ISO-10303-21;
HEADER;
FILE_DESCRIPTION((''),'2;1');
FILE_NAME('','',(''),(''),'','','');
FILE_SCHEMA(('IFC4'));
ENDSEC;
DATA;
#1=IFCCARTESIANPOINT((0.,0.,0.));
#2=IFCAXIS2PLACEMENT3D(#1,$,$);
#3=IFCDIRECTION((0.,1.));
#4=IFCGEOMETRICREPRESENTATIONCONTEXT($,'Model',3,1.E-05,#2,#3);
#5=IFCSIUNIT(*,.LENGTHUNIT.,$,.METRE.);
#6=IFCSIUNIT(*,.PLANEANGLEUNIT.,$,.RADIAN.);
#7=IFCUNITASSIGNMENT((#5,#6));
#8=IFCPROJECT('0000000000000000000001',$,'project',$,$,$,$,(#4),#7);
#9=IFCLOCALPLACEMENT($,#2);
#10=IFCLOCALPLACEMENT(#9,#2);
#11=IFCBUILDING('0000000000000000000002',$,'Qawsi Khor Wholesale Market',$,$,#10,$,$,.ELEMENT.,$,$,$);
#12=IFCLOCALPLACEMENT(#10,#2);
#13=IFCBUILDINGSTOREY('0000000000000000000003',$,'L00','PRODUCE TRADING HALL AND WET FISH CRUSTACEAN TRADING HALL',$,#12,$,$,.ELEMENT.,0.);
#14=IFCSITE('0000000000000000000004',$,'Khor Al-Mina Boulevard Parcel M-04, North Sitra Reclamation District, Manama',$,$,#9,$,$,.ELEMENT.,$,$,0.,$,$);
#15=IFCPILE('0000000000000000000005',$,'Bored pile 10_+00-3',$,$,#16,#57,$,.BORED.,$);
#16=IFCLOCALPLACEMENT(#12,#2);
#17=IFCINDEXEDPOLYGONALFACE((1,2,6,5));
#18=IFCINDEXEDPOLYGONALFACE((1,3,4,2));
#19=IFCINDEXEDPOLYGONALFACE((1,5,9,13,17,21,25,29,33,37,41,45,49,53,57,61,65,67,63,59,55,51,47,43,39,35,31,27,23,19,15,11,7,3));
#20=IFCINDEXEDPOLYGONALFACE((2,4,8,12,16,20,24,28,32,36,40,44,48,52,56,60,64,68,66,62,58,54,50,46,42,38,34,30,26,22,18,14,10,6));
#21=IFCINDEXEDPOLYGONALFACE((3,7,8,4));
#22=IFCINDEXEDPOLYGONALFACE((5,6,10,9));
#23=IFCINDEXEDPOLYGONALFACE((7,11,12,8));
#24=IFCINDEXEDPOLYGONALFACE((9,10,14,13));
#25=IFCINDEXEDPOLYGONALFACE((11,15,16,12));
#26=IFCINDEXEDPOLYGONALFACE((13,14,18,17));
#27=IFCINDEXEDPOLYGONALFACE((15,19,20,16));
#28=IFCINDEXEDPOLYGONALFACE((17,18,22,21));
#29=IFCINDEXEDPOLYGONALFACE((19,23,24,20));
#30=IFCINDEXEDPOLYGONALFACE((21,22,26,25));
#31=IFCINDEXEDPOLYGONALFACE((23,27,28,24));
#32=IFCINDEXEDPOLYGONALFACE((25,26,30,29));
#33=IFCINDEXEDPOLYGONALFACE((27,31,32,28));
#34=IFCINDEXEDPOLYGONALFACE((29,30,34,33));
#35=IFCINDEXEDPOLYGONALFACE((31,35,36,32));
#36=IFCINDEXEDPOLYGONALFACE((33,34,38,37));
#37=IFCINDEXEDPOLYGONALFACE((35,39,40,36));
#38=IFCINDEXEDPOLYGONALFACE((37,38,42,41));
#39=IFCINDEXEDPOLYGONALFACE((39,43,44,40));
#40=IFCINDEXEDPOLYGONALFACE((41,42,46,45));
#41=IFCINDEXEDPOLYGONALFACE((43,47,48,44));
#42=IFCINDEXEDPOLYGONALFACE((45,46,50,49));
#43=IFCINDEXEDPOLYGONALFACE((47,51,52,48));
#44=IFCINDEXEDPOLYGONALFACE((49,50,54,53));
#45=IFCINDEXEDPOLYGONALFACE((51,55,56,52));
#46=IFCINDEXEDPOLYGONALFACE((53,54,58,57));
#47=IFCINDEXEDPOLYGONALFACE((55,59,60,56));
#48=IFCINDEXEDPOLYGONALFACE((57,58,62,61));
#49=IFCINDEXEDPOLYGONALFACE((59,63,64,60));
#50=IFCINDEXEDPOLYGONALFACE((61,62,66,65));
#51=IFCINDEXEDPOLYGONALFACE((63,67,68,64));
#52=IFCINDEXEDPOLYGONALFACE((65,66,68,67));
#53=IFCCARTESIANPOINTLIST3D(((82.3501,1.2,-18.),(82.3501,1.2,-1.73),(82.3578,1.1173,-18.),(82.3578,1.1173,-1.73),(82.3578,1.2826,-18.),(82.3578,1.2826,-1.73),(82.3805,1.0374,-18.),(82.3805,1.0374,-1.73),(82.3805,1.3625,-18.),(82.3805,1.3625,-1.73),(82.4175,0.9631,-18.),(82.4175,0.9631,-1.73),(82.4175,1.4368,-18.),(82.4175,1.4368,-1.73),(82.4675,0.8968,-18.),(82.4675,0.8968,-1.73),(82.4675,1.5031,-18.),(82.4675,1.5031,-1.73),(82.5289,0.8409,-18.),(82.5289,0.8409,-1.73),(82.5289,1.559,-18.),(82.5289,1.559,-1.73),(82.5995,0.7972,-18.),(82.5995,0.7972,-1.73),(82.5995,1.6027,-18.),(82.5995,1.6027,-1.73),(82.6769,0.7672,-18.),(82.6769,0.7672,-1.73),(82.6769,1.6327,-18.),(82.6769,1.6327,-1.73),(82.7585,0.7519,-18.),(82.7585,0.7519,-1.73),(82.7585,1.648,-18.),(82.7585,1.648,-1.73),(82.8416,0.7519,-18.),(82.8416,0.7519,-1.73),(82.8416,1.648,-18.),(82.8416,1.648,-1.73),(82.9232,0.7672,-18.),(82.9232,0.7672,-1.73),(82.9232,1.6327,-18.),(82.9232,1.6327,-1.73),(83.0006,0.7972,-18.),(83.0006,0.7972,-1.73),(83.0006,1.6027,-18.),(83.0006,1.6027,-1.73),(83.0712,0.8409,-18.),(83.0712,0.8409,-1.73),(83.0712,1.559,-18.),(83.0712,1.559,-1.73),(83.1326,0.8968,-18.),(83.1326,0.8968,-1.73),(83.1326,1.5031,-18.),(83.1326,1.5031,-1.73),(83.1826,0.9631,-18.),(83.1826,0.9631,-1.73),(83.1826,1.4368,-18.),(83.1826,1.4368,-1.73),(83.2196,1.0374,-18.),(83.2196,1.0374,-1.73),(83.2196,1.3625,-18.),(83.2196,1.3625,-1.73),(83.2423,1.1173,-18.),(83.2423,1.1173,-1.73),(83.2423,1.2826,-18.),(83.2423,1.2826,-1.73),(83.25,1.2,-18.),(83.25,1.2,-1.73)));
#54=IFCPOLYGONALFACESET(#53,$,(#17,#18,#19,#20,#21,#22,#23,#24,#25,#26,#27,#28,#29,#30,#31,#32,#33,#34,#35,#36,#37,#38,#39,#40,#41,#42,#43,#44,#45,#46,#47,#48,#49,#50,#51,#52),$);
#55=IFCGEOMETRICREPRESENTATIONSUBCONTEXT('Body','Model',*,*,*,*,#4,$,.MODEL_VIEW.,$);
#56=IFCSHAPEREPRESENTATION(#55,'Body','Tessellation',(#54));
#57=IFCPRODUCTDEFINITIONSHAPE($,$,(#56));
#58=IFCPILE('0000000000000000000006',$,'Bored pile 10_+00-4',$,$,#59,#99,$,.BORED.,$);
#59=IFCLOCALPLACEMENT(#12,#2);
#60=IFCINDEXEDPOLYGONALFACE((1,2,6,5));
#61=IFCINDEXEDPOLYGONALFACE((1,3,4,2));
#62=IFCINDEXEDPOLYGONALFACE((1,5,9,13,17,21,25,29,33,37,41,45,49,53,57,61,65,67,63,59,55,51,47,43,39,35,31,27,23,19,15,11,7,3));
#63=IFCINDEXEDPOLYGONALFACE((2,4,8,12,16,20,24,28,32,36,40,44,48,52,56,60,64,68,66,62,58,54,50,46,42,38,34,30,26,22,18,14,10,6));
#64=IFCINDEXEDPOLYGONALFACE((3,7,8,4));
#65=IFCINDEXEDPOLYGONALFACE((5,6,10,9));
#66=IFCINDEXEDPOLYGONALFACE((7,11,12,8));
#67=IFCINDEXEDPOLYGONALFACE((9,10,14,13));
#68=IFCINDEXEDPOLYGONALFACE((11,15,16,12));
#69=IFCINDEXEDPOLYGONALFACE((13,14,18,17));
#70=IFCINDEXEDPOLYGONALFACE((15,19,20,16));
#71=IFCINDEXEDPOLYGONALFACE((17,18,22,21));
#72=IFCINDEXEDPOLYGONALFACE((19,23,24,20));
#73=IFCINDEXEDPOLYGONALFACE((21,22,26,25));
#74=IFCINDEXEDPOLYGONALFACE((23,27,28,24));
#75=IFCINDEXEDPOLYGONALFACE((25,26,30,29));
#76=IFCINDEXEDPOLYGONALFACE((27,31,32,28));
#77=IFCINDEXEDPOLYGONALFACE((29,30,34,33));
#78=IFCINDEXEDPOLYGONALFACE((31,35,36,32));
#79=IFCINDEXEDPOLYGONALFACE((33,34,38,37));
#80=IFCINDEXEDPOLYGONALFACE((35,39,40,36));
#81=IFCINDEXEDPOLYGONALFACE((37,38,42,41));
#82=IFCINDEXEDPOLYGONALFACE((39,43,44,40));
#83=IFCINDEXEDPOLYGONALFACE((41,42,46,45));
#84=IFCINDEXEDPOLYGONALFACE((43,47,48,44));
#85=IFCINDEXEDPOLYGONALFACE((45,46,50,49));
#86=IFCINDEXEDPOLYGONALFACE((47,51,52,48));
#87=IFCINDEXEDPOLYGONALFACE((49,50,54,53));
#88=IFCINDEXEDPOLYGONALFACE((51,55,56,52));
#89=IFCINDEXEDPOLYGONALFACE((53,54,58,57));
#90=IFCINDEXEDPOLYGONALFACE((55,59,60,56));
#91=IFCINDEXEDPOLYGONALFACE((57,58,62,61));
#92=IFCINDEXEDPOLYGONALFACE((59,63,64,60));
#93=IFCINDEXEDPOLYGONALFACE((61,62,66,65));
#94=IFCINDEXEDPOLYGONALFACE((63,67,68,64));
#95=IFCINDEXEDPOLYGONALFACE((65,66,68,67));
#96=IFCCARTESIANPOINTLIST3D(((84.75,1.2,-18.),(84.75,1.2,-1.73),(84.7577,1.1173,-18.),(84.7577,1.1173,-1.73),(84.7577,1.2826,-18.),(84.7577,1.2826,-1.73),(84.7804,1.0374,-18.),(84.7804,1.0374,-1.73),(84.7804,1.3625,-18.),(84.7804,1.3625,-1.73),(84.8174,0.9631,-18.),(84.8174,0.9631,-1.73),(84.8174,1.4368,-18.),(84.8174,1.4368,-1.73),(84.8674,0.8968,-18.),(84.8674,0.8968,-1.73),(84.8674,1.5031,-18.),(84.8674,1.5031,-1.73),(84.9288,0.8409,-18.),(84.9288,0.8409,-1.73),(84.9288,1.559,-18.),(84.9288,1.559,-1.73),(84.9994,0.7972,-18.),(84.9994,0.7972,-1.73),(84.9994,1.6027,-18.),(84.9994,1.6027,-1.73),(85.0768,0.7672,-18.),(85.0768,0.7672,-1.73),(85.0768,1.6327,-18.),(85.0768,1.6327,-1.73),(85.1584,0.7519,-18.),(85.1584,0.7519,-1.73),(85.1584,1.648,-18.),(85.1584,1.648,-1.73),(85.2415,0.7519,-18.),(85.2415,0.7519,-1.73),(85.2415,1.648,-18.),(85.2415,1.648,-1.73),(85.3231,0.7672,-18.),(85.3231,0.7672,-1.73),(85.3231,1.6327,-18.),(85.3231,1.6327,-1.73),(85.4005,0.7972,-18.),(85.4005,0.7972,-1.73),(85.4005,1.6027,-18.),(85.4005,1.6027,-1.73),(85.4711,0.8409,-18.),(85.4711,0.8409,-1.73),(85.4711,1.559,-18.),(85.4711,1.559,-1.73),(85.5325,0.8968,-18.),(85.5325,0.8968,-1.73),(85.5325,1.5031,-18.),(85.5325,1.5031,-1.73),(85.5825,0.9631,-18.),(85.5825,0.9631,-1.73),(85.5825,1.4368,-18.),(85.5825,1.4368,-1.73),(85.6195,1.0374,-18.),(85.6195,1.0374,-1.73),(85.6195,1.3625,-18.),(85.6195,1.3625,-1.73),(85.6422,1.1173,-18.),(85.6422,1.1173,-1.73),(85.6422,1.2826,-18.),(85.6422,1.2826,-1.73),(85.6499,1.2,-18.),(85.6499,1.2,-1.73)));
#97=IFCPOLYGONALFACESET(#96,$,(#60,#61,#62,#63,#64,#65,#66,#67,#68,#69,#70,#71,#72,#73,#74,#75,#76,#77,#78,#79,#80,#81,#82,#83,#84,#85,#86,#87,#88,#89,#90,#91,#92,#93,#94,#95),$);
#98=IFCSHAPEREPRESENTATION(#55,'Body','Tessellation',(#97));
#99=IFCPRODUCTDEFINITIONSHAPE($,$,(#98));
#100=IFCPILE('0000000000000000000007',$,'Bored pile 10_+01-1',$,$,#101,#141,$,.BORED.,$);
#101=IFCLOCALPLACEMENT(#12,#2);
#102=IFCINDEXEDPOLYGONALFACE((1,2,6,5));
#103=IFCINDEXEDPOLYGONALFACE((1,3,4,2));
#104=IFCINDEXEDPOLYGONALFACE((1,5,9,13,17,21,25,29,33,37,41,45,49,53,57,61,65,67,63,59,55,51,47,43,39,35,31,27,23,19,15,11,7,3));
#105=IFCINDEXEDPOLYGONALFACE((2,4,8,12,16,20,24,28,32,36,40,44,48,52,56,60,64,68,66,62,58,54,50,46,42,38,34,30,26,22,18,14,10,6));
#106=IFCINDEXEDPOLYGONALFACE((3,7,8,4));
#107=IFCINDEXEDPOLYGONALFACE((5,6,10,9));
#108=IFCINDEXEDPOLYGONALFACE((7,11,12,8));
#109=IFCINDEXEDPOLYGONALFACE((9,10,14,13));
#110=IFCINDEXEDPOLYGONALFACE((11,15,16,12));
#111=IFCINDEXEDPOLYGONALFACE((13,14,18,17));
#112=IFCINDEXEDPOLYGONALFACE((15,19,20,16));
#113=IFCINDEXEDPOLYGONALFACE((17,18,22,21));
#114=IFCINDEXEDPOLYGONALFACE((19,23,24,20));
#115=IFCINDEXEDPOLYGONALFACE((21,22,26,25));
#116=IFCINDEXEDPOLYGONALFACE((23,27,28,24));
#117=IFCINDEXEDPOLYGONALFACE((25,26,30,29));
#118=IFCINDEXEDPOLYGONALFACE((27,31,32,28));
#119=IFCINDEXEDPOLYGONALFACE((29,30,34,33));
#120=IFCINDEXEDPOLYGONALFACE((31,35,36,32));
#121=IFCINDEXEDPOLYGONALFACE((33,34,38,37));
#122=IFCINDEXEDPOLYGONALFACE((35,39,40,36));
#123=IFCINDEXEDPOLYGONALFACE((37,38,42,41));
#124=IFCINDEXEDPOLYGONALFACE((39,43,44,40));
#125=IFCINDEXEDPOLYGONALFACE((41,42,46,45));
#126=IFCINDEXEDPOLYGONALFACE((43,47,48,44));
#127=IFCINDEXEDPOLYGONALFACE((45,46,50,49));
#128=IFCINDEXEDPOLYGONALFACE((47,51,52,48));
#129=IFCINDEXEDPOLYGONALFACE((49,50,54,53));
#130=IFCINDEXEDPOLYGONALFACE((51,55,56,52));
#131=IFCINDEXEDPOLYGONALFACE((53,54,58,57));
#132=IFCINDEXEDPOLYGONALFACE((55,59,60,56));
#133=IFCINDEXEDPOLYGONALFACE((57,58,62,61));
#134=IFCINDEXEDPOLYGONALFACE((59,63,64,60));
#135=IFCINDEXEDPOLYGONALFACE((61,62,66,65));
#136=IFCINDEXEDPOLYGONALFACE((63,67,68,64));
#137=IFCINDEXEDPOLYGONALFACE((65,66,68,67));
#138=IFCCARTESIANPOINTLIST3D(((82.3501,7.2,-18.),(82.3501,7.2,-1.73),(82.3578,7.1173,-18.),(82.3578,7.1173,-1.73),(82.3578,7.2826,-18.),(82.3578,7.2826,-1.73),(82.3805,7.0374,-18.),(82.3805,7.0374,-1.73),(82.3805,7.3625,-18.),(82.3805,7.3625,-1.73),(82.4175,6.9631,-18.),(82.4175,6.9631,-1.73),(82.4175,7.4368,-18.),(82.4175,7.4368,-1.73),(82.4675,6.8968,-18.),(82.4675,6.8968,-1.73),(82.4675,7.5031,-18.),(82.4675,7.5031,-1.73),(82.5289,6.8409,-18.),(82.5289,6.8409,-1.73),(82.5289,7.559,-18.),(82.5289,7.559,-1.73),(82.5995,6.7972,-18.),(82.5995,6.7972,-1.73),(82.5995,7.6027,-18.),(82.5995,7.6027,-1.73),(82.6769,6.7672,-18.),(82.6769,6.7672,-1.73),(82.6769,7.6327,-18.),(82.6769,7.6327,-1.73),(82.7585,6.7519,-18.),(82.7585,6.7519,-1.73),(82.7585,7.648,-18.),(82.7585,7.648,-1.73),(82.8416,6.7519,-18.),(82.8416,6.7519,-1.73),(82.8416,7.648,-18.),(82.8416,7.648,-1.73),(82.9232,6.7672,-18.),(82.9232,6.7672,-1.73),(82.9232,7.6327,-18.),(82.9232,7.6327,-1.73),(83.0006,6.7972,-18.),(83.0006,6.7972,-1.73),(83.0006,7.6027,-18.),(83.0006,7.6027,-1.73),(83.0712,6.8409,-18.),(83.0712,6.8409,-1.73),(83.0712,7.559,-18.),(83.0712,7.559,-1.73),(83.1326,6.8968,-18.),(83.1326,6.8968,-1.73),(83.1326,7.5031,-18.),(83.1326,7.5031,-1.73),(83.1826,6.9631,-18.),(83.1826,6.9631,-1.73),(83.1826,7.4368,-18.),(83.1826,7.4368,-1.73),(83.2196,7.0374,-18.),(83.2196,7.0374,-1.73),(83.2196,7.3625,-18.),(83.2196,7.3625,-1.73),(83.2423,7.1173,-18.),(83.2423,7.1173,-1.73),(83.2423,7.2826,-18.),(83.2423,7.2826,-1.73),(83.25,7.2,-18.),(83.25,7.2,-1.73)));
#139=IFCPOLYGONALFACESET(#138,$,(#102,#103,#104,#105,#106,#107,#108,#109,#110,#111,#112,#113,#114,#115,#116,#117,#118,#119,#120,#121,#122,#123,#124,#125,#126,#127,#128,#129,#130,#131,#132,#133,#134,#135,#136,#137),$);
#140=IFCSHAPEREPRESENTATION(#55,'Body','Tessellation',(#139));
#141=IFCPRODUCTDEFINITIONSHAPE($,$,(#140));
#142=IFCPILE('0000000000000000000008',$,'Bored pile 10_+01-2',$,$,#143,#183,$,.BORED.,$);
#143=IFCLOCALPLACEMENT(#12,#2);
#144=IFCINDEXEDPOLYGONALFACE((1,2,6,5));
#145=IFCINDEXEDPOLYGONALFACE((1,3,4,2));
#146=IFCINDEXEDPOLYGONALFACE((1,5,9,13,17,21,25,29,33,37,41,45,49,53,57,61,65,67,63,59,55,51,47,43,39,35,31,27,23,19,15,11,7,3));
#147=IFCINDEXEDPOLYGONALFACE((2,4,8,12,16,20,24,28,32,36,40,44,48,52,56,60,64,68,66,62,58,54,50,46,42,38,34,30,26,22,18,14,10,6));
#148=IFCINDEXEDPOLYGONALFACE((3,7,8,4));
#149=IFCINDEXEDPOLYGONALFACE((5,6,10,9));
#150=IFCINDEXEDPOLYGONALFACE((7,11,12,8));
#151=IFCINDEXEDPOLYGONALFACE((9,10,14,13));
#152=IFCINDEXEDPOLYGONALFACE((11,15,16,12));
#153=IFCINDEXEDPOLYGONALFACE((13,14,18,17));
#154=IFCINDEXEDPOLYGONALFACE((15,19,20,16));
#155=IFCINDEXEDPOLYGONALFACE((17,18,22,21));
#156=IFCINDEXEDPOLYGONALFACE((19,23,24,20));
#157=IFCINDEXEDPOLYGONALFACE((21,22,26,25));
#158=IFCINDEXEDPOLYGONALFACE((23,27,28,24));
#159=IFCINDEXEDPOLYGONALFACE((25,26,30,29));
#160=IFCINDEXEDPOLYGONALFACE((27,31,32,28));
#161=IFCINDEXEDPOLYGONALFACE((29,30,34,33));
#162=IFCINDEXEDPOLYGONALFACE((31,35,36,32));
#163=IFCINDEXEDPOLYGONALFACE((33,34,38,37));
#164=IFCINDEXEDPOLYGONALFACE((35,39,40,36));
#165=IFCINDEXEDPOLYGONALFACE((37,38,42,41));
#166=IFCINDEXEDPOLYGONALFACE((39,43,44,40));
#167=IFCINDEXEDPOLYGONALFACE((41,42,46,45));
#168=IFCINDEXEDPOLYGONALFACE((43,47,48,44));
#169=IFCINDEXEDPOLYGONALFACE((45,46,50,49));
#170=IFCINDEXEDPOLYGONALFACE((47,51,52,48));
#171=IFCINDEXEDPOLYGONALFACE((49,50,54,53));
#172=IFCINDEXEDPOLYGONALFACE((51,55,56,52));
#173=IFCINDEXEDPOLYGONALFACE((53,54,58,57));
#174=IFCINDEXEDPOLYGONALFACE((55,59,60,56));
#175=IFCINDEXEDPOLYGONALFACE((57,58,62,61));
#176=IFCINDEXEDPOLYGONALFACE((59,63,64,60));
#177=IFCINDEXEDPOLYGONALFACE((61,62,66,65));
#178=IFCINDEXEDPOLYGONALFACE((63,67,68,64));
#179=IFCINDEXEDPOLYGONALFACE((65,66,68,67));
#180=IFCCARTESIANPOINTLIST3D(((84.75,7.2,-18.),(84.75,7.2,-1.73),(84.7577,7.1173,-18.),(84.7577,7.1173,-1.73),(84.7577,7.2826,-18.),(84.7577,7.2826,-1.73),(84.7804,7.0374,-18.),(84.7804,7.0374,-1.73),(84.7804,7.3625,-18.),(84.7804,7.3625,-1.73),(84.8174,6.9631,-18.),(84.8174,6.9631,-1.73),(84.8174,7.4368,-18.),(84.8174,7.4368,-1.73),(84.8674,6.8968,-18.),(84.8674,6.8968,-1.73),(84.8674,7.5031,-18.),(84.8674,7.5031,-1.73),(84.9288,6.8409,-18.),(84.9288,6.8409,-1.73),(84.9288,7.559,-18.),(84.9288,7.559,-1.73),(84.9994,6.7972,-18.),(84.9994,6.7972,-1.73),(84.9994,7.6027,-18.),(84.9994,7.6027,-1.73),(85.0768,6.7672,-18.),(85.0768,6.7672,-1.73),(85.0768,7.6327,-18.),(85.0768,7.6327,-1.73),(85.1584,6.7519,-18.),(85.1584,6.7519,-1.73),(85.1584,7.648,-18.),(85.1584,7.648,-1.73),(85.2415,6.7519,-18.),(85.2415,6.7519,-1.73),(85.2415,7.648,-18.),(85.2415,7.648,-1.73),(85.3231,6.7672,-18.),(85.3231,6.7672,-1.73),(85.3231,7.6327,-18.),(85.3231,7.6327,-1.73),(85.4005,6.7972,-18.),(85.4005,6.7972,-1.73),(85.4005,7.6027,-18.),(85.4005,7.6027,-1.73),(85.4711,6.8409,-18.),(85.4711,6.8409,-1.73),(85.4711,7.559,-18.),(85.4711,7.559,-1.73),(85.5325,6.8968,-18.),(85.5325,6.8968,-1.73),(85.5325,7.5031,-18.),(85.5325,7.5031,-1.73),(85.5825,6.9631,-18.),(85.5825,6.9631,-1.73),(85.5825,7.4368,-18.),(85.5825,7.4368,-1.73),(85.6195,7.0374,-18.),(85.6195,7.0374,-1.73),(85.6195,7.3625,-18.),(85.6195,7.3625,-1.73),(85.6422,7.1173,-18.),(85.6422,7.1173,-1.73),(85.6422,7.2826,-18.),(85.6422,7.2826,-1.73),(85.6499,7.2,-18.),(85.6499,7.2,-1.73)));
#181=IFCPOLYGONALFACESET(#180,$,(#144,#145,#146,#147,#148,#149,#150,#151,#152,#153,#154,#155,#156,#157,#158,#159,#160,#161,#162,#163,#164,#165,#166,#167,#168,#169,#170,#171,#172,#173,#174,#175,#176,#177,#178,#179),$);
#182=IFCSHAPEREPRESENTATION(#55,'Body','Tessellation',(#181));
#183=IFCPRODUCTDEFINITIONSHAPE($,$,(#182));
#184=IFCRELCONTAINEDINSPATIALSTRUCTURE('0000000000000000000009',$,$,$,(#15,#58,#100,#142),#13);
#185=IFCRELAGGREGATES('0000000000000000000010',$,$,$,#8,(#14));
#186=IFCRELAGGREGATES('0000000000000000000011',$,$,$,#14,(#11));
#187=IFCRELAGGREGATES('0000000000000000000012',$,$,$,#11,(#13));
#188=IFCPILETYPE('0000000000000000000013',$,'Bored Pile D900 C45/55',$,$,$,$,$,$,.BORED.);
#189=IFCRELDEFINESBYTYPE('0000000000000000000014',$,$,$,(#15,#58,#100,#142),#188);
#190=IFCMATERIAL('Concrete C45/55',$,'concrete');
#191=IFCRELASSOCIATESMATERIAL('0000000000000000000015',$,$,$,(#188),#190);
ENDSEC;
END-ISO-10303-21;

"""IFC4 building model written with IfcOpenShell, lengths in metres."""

from ifc_helpers import new_model, si_unit, direction, frame, origin, origin_2d, place, context, subcontext, project, spatial, circle, extrude, material, material_profile, profile_set, type_object, element, save


model = new_model("IFC4")

# Units and contexts
model_context = context("Model", 3, precision=1e-05, world=origin(), true_north=direction((0.0, 1.0)))
body_context = subcontext(model_context, "Body", "Model", "MODEL_VIEW")
ifc_project = project(units=[si_unit("LENGTHUNIT", "METRE"), si_unit("PLANEANGLEUNIT", "RADIAN")], contexts=[model_context])

# Site, building, storey
site_placement = place(None, origin())
site = spatial("IfcSite", under=ifc_project, at=site_placement, Name="Khor Al-Mina Boulevard Parcel M-04, North Sitra Reclamation District, Manama", CompositionType="ELEMENT", RefElevation=0.0)
building_placement = place(site_placement, origin())
building = spatial("IfcBuilding", under=site, at=building_placement, Name="Qawsi Khor Wholesale Market", CompositionType="ELEMENT")
storey_placement = place(building_placement, origin())
storey = spatial("IfcBuildingStorey", under=building, at=storey_placement, Name="L00", Description="PRODUCE TRADING HALL AND WET FISH CRUSTACEAN TRADING HALL", CompositionType="ELEMENT", Elevation=0.0)

# Piles
ifc_material_1 = material(Name="Concrete C45/55", Category="concrete")
ifc_material_profile_1 = material_profile(ifc_material_1, circle(Radius=0.45, at=origin_2d()), Name="PILE D900")
ifc_profile_set_1 = profile_set([ifc_material_profile_1], Name="Concrete C45/55")
pile_type_1 = type_object("IfcPileType", Name="Bored Pile D900 C45/55", PredefinedType="BORED", material=ifc_profile_set_1)
for number, where, z_axis, x_axis, name in (
    (1, (82.8, 1.2, -1.73), (0.0, 0.0, -1.0), (1.0, 0.0, 0.0), "Bored pile 10_+00-3"),
    (2, (85.2, 1.2, -1.73), (0.0, 0.0, -1.0), (1.0, 0.0, 0.0), "Bored pile 10_+00-4"),
    (3, (82.8, 7.2, -1.73), (0.0, 0.0, -1.0), (1.0, 0.0, 0.0), "Bored pile 10_+01-1"),
    (4, (85.2, 7.2, -1.73), (0.0, 0.0, -1.0), (1.0, 0.0, 0.0), "Bored pile 10_+01-2"),
):
    element("IfcPile", number, at=place(storey_placement, frame(where, z_axis=z_axis, x_axis=x_axis)), inside=storey, type_object=pile_type_1, Name=name, PredefinedType="BORED", context=body_context, shape_type="SweptSolid", body=[
        extrude(circle(Radius=0.45, at=origin_2d()), origin(), (0.0, 0.0, 1.0), 16.27),
    ])

save(model, "model.ifc")
